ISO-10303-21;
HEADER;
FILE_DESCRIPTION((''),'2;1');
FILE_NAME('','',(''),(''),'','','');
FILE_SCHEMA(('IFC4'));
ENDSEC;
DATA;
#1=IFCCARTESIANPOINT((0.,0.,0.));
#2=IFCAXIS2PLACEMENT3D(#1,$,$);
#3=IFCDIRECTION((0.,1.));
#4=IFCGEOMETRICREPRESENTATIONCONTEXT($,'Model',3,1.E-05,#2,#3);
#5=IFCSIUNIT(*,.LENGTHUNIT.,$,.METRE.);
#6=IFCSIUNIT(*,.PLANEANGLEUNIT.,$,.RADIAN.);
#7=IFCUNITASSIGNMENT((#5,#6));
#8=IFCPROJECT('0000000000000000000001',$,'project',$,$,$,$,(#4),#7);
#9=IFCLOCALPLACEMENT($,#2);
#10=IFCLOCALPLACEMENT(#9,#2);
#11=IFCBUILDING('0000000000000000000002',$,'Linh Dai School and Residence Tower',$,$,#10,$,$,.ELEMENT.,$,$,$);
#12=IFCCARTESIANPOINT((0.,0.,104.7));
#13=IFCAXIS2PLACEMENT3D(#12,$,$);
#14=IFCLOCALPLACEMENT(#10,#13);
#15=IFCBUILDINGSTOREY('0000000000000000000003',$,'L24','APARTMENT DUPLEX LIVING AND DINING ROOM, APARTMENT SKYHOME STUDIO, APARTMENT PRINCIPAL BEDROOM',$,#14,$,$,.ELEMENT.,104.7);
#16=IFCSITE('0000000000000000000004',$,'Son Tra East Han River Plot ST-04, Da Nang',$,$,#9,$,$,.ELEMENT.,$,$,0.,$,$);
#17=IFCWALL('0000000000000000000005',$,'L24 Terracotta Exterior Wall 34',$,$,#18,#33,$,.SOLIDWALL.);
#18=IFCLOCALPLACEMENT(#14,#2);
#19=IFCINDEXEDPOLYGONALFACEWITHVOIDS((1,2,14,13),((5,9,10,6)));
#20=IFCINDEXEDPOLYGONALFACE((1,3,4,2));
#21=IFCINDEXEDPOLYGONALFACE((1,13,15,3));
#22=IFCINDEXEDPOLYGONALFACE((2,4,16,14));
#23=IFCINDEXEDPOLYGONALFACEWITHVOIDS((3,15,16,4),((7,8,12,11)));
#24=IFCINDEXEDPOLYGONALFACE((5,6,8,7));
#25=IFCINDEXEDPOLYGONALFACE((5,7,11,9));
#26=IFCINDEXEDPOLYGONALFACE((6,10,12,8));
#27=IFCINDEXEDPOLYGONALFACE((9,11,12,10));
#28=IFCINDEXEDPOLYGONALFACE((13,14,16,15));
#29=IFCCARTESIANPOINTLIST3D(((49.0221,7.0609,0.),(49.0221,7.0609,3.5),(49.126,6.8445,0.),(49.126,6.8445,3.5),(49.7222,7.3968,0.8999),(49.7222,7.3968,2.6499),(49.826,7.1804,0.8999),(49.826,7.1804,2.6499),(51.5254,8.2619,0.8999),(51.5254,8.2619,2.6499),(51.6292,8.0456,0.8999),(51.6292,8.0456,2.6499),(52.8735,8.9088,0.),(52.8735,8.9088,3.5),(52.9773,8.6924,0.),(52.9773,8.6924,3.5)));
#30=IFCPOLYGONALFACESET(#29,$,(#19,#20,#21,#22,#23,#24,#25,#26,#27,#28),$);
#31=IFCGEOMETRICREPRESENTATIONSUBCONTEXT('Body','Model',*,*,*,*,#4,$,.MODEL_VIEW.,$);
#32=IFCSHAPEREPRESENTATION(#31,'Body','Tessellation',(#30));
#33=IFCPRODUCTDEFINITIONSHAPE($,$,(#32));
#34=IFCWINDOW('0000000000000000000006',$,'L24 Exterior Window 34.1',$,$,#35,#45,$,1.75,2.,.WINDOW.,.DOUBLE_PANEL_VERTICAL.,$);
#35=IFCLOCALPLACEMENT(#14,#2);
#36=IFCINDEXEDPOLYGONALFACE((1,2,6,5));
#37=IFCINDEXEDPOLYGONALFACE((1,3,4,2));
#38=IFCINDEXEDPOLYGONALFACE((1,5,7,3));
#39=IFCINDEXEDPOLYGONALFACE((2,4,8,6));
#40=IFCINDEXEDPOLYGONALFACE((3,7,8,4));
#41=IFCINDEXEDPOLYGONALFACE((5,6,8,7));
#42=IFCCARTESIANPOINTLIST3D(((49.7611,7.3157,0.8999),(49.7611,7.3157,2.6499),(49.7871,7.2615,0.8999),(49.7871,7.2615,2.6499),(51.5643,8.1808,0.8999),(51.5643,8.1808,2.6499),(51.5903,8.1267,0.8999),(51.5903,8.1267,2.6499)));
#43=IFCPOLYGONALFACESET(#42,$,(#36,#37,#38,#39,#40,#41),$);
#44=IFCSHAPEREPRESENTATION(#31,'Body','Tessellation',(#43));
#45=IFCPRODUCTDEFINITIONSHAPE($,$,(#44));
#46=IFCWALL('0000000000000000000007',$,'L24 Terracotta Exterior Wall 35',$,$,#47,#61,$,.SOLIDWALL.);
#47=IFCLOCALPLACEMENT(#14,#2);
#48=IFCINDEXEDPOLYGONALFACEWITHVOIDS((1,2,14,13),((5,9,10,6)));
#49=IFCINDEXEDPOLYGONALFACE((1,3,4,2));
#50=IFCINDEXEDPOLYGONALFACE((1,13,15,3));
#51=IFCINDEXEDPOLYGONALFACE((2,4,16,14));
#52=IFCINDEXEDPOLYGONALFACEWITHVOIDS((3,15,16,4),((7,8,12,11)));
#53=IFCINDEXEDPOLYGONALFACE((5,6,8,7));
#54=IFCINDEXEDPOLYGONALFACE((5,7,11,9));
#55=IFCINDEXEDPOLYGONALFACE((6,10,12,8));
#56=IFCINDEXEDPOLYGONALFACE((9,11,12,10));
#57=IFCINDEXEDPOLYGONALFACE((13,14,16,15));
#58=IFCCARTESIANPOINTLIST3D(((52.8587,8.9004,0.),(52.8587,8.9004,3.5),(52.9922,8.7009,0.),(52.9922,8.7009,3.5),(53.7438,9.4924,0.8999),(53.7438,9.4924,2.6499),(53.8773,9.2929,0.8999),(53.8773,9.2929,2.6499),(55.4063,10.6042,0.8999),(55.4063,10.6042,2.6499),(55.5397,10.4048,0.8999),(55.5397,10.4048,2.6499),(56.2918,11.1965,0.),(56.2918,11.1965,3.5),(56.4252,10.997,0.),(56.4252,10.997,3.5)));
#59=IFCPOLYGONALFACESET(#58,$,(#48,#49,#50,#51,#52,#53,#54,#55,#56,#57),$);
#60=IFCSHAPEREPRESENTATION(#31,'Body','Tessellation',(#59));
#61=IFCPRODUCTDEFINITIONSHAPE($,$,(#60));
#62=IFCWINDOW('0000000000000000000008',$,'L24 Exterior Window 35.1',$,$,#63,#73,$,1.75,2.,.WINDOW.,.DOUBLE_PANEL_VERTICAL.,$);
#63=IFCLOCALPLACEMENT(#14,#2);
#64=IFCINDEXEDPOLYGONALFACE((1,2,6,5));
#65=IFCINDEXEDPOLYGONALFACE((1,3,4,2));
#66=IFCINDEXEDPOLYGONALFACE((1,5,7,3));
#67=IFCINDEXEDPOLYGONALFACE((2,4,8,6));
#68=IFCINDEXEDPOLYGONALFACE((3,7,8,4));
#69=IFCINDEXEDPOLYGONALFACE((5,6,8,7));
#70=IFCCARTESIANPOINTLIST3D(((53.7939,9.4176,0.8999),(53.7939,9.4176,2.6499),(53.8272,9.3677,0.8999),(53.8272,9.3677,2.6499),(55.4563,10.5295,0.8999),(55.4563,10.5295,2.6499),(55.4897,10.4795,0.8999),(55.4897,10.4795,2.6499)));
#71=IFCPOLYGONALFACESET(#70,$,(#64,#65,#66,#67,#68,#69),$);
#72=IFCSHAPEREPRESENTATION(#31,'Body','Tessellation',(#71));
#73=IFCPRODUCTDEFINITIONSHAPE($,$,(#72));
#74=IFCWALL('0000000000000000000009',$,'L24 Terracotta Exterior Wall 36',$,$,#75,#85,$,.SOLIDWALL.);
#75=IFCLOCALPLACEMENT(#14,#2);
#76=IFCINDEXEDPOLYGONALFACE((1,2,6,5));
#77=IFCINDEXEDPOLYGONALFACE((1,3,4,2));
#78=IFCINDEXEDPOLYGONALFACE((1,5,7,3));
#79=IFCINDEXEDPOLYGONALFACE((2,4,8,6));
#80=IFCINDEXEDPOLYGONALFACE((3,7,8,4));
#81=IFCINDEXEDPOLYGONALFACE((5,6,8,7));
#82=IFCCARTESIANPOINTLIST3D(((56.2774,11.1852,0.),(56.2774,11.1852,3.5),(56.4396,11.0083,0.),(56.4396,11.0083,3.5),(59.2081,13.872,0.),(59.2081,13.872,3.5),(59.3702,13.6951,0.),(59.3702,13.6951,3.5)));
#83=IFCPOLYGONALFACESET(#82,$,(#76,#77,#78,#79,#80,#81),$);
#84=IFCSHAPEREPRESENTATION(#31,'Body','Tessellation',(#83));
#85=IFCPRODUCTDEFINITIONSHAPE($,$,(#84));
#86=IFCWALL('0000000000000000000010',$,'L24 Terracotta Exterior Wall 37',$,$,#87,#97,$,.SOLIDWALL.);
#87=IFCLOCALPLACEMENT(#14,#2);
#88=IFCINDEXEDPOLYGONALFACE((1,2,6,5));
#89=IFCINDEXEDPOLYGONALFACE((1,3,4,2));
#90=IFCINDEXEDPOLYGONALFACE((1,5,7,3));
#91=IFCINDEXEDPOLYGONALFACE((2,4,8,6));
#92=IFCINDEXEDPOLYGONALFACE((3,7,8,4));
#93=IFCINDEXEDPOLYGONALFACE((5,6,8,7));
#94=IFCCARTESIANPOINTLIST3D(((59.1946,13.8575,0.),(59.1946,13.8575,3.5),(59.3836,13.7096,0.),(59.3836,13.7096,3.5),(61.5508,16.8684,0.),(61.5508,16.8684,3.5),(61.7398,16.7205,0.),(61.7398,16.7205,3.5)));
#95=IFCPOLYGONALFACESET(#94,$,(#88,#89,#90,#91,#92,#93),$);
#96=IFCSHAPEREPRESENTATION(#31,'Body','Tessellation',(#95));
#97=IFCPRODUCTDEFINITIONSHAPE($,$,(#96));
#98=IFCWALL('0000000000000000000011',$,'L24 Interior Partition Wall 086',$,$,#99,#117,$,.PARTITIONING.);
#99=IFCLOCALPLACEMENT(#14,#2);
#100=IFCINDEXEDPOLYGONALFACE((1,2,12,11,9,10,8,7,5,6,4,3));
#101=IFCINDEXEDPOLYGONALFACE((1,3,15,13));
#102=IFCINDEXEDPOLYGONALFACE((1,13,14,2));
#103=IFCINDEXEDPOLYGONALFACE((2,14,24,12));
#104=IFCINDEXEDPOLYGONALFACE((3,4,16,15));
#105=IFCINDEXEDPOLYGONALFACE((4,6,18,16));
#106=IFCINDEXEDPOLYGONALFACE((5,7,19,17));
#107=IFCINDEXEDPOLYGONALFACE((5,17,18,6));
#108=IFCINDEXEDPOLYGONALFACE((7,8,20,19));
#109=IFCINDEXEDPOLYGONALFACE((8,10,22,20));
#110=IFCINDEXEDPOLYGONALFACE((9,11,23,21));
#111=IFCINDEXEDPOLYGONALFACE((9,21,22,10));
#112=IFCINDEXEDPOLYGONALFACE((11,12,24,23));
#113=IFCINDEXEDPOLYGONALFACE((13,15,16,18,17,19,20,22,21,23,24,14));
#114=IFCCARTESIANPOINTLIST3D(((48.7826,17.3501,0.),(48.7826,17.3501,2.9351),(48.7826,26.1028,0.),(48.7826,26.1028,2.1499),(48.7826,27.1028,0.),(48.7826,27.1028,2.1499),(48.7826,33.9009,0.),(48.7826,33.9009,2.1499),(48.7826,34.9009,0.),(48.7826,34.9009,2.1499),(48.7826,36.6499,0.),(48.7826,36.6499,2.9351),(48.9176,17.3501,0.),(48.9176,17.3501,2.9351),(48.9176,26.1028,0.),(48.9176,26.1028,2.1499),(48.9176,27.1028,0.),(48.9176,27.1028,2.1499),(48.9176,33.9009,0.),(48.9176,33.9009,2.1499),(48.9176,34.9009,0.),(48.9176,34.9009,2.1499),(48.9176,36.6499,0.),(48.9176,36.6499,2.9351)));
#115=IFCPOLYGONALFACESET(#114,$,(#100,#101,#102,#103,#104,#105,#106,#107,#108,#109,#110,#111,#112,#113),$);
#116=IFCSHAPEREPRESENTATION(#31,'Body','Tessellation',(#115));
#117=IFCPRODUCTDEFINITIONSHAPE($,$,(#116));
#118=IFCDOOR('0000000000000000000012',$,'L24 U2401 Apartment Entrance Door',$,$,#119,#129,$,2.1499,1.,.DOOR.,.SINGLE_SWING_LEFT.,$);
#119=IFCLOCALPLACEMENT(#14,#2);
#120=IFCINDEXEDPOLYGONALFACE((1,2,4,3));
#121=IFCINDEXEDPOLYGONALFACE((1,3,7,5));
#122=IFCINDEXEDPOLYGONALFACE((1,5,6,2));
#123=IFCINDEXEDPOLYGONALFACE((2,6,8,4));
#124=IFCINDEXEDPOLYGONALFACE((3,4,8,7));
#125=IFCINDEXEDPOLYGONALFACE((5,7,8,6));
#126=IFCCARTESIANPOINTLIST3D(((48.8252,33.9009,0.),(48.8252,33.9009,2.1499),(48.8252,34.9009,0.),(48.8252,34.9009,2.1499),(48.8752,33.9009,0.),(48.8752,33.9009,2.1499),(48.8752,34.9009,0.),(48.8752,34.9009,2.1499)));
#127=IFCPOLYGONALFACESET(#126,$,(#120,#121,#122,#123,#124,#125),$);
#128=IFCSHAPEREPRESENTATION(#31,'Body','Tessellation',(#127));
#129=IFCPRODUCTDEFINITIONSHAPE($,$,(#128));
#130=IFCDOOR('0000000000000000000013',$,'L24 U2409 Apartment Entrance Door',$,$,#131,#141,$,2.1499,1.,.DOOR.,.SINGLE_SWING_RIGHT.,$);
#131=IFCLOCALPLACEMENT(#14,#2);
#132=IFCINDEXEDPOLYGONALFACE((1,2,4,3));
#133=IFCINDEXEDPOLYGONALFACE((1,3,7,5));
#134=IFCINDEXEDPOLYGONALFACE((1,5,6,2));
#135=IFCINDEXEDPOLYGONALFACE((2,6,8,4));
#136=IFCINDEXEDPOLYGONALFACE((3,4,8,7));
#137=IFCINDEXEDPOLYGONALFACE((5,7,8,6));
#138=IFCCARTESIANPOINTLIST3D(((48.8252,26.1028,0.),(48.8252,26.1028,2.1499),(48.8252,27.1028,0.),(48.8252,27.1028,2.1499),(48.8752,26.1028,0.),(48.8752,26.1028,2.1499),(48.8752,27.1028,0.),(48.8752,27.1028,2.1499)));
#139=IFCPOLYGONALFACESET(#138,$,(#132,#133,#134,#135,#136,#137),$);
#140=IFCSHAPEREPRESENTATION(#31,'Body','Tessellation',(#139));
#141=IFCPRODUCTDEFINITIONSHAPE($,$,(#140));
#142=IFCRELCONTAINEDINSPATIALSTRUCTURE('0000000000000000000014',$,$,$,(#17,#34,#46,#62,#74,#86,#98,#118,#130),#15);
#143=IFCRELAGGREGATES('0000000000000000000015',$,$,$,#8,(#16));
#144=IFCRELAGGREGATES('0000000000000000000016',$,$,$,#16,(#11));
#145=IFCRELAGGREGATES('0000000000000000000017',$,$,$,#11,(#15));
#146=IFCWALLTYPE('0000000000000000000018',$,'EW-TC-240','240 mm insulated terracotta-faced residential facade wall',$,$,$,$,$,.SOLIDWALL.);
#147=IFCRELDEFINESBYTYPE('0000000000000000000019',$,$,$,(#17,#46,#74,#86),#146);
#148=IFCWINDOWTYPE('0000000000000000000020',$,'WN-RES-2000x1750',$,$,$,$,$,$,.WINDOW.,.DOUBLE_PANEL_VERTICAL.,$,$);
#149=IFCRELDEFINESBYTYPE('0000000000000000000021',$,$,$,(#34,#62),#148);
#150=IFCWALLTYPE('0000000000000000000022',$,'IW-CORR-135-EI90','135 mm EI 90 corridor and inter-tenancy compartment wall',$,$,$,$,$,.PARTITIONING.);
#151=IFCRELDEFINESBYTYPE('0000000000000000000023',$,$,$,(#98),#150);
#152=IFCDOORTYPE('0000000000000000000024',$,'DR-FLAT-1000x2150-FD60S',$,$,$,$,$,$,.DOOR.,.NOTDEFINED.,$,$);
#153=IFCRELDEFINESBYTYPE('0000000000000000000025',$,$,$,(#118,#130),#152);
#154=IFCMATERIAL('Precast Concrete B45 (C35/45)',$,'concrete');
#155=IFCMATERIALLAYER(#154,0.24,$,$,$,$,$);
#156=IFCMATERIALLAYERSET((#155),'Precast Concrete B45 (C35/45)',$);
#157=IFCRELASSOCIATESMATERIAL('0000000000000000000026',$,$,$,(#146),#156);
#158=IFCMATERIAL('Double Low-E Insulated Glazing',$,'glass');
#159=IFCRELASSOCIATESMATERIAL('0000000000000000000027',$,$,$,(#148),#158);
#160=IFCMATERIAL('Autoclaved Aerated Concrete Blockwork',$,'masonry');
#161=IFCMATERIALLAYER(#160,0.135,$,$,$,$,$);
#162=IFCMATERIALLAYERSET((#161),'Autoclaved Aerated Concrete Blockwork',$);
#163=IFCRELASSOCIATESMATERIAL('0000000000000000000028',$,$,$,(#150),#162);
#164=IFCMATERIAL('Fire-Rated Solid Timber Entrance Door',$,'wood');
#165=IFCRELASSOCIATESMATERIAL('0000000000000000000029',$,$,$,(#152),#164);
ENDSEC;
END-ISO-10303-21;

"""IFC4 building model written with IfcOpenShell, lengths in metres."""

from ifc_helpers import new_model, si_unit, direction, frame, frame_2d, origin, origin_2d, place, context, subcontext, project, spatial, rectangle, extrude, source, transform, mapped, material, layer, layer_set, type_object, element, fill, save


model = new_model("IFC4")

# Units and contexts
model_context = context("Model", 3, precision=1e-05, world=origin(), true_north=direction((0.0, 1.0)))
body_context = subcontext(model_context, "Body", "Model", "MODEL_VIEW")
ifc_project = project(units=[si_unit("LENGTHUNIT", "METRE"), si_unit("PLANEANGLEUNIT", "RADIAN")], contexts=[model_context])

# Site, building, storey
site_placement = place(None, origin())
site = spatial("IfcSite", under=ifc_project, at=site_placement, Name="Son Tra East Han River Plot ST-04, Da Nang", CompositionType="ELEMENT", RefElevation=0.0)
building_placement = place(site_placement, origin())
building = spatial("IfcBuilding", under=site, at=building_placement, Name="Linh Dai School and Residence Tower", CompositionType="ELEMENT")
storey_placement = place(building_placement, frame((0.0, 0.0, 104.7)))
storey = spatial("IfcBuildingStorey", under=building, at=storey_placement, Name="L24", Description="APARTMENT DUPLEX LIVING AND DINING ROOM, APARTMENT SKYHOME STUDIO, APARTMENT PRINCIPAL BEDROOM", CompositionType="ELEMENT", Elevation=104.7)

# Shared definitions
ifc_material_1 = material(Name="Precast Concrete B45 (C35/45)", Category="concrete")

# Shared definitions
ifc_layer_1 = layer(ifc_material_1, 0.24)
ifc_layer_set_1 = layer_set([ifc_layer_1], Name="Precast Concrete B45 (C35/45)")
wall_type_1 = type_object("IfcWallType", Name="EW-TC-240", Description="240 mm insulated terracotta-faced residential facade wall", PredefinedType="SOLIDWALL", material=ifc_layer_set_1)

# Walls, openings, windows
ifc_material_2 = material(Name="Double Low-E Insulated Glazing", Category="glass")
window_type = type_object("IfcWindowType", Name="WN-RES-2000x1750", PartitioningType="DOUBLE_PANEL_VERTICAL", PredefinedType="WINDOW", material=ifc_material_2)
shared_shape_1 = source(origin(), body_context, "Body", "SweptSolid", [
    extrude(rectangle(XDim=2.0, YDim=1.75, at=origin_2d()), frame((1.0, 0.03, 0.875), z_axis=(0.0, -1.0, 0.0), x_axis=(1.0, 0.0, 0.0)), (0.0, 0.0, 1.0), 0.0601),
])
wall_1_placement = place(storey_placement, frame((52.9253, 8.8005, 0.0), z_axis=(0.0, 0.0, 1.0), x_axis=(-0.90159, -0.432592, 0.0)))
wall_1 = element("IfcWall", 1, at=wall_1_placement, inside=storey, type_object=wall_type_1, Name="L24 Terracotta Exterior Wall 34", PredefinedType="SOLIDWALL", context=body_context, shape_type="SweptSolid", body=[
    extrude(rectangle(XDim=4.2717, YDim=0.24, at=frame_2d((2.1357, 0.0))), origin(), (0.0, 0.0, 1.0), 3.5),
])
opening_1_placement = place(wall_1_placement, frame((1.4951, 0.0, 0.8999)))
opening_1 = element("IfcOpeningElement", 2, at=opening_1_placement, cuts=wall_1, PredefinedType="OPENING", context=body_context, shape_type="SweptSolid", body=[
    extrude(rectangle(XDim=2.0, YDim=1.75, at=origin_2d()), frame((1.0, 0.1299, 0.875), z_axis=(0.0, -1.0, 0.0), x_axis=(1.0, 0.0, 0.0)), (0.0, 0.0, 1.0), 0.26),
])
window_1_placement = place(opening_1_placement, origin())
window_1 = element("IfcWindow", 3, at=window_1_placement, inside=storey, type_object=window_type, Name="L24 Exterior Window 34.1", OverallHeight=1.75, OverallWidth=2.0, PartitioningType="DOUBLE_PANEL_VERTICAL", PredefinedType="WINDOW", context=body_context, shape_type="MappedRepresentation", body=[
    mapped(shared_shape_1, transform((0.0, 0.0, 0.0), x_axis=(1.0, 0.0, 0.0), y_axis=(0.0, 1.0, 0.0), z_axis=(0.0, 0.0, 1.0), scale=1.0)),
])
fill(opening_1, window_1)
wall_2_placement = place(storey_placement, frame((56.3584, 11.0967, 0.0), z_axis=(0.0, 0.0, 1.0), x_axis=(-0.831222, -0.555941, 0.0)))
wall_2 = element("IfcWall", 4, at=wall_2_placement, inside=storey, type_object=wall_type_1, Name="L24 Terracotta Exterior Wall 35", PredefinedType="SOLIDWALL", context=body_context, shape_type="SweptSolid", body=[
    extrude(rectangle(XDim=4.1301, YDim=0.24, at=frame_2d((2.0649, 0.0))), origin(), (0.0, 0.0, 1.0), 3.5),
])
opening_2_placement = place(wall_2_placement, frame((1.0652, 0.0, 0.8999)))
opening_2 = element("IfcOpeningElement", 5, at=opening_2_placement, cuts=wall_2, PredefinedType="OPENING", context=body_context, shape_type="SweptSolid", body=[
    extrude(rectangle(XDim=2.0, YDim=1.75, at=origin_2d()), frame((1.0, 0.1299, 0.875), z_axis=(0.0, -1.0, 0.0), x_axis=(1.0, 0.0, 0.0)), (0.0, 0.0, 1.0), 0.26),
])
window_2_placement = place(opening_2_placement, origin())
window_2 = element("IfcWindow", 6, at=window_2_placement, inside=storey, type_object=window_type, Name="L24 Exterior Window 35.1", OverallHeight=1.75, OverallWidth=2.0, PartitioningType="DOUBLE_PANEL_VERTICAL", PredefinedType="WINDOW", context=body_context, shape_type="MappedRepresentation", body=[
    mapped(shared_shape_1, transform((0.0, 0.0, 0.0), x_axis=(1.0, 0.0, 0.0), y_axis=(0.0, 1.0, 0.0), z_axis=(0.0, 0.0, 1.0), scale=1.0)),
])
fill(opening_2, window_2)

# Walls
wall_3_placement = place(storey_placement, frame((59.2891, 13.7834, 0.0), z_axis=(0.0, 0.0, 1.0), x_axis=(-0.737113, -0.675769, 0.0)))
element("IfcWall", 7, at=wall_3_placement, inside=storey, type_object=wall_type_1, Name="L24 Terracotta Exterior Wall 36", PredefinedType="SOLIDWALL", context=body_context, shape_type="SweptSolid", body=[
    extrude(rectangle(XDim=3.9758, YDim=0.24, at=frame_2d((1.9878, 0.0))), origin(), (0.0, 0.0, 1.0), 3.5),
])
wall_4_placement = place(storey_placement, frame((61.6453, 16.7944, 0.0), z_axis=(0.0, 0.0, 1.0), x_axis=(-0.616272, -0.787533, 0.0)))
element("IfcWall", 8, at=wall_4_placement, inside=storey, type_object=wall_type_1, Name="L24 Terracotta Exterior Wall 37", PredefinedType="SOLIDWALL", context=body_context, shape_type="SweptSolid", body=[
    extrude(rectangle(XDim=3.8232, YDim=0.24, at=frame_2d((1.9116, 0.0))), origin(), (0.0, 0.0, 1.0), 3.5),
])

# Wall, openings, doors
ifc_material_3 = material(Name="Autoclaved Aerated Concrete Blockwork", Category="masonry")
ifc_layer_2 = layer(ifc_material_3, 0.135)
ifc_layer_set_2 = layer_set([ifc_layer_2], Name="Autoclaved Aerated Concrete Blockwork")
wall_type_2 = type_object("IfcWallType", Name="IW-CORR-135-EI90", Description="135 mm EI 90 corridor and inter-tenancy compartment wall", PredefinedType="PARTITIONING", material=ifc_layer_set_2)
wall_5_placement = place(storey_placement, frame((48.8501, 17.3501, 0.0), z_axis=(0.0, 0.0, 1.0), x_axis=(0.0, 1.0, 0.0)))
wall_5 = element("IfcWall", 9, at=wall_5_placement, inside=storey, type_object=wall_type_2, Name="L24 Interior Partition Wall 086", PredefinedType="PARTITIONING", context=body_context, shape_type="SweptSolid", body=[
    extrude(rectangle(XDim=19.2998, YDim=0.135, at=frame_2d((9.6499, 0.0))), origin(), (0.0, 0.0, 1.0), 2.9351),
])
opening_3_placement = place(wall_5_placement, frame((16.5508, 0.0, 0.0)))
opening_3 = element("IfcOpeningElement", 10, at=opening_3_placement, cuts=wall_5, PredefinedType="OPENING", context=body_context, shape_type="SweptSolid", body=[
    extrude(rectangle(XDim=1.0, YDim=2.1499, at=origin_2d()), frame((0.5, 0.0776, 1.075), z_axis=(0.0, -1.0, 0.0), x_axis=(1.0, 0.0, 0.0)), (0.0, 0.0, 1.0), 0.155),
])
opening_4_placement = place(wall_5_placement, frame((8.7527, 0.0, 0.0)))
opening_4 = element("IfcOpeningElement", 11, at=opening_4_placement, cuts=wall_5, PredefinedType="OPENING", context=body_context, shape_type="SweptSolid", body=[
    extrude(rectangle(XDim=1.0, YDim=2.1499, at=origin_2d()), frame((0.5, 0.0776, 1.075), z_axis=(0.0, -1.0, 0.0), x_axis=(1.0, 0.0, 0.0)), (0.0, 0.0, 1.0), 0.155),
])
ifc_material_4 = material(Name="Fire-Rated Solid Timber Entrance Door", Category="wood")
door_type_1 = type_object("IfcDoorType", Name="DR-FLAT-1000x2150-FD60S", OperationType="NOTDEFINED", PredefinedType="DOOR", material=ifc_material_4)
shared_shape_2 = source(origin(), body_context, "Body", "SweptSolid", [
    extrude(rectangle(XDim=1.0, YDim=2.1499, at=origin_2d()), frame((0.5, 0.0249, 1.075), z_axis=(0.0, -1.0, 0.0), x_axis=(1.0, 0.0, 0.0)), (0.0, 0.0, 1.0), 0.05),
])
door_1_placement = place(opening_3_placement, origin())
door_1 = element("IfcDoor", 12, at=door_1_placement, inside=storey, type_object=door_type_1, Name="L24 U2401 Apartment Entrance Door", OperationType="SINGLE_SWING_LEFT", OverallHeight=2.1499, OverallWidth=1.0, PredefinedType="DOOR", context=body_context, shape_type="MappedRepresentation", body=[
    mapped(shared_shape_2, transform((0.0, 0.0, 0.0), x_axis=(1.0, 0.0, 0.0), y_axis=(0.0, 1.0, 0.0), z_axis=(0.0, 0.0, 1.0), scale=1.0)),
])
fill(opening_3, door_1)
door_2_placement = place(opening_4_placement, origin())
door_2 = element("IfcDoor", 13, at=door_2_placement, inside=storey, type_object=door_type_1, Name="L24 U2409 Apartment Entrance Door", OperationType="SINGLE_SWING_RIGHT", OverallHeight=2.1499, OverallWidth=1.0, PredefinedType="DOOR", context=body_context, shape_type="MappedRepresentation", body=[
    mapped(shared_shape_2, transform((0.0, 0.0, 0.0), x_axis=(1.0, 0.0, 0.0), y_axis=(0.0, 1.0, 0.0), z_axis=(0.0, 0.0, 1.0), scale=1.0)),
])
fill(opening_4, door_2)

save(model, "model.ifc")
